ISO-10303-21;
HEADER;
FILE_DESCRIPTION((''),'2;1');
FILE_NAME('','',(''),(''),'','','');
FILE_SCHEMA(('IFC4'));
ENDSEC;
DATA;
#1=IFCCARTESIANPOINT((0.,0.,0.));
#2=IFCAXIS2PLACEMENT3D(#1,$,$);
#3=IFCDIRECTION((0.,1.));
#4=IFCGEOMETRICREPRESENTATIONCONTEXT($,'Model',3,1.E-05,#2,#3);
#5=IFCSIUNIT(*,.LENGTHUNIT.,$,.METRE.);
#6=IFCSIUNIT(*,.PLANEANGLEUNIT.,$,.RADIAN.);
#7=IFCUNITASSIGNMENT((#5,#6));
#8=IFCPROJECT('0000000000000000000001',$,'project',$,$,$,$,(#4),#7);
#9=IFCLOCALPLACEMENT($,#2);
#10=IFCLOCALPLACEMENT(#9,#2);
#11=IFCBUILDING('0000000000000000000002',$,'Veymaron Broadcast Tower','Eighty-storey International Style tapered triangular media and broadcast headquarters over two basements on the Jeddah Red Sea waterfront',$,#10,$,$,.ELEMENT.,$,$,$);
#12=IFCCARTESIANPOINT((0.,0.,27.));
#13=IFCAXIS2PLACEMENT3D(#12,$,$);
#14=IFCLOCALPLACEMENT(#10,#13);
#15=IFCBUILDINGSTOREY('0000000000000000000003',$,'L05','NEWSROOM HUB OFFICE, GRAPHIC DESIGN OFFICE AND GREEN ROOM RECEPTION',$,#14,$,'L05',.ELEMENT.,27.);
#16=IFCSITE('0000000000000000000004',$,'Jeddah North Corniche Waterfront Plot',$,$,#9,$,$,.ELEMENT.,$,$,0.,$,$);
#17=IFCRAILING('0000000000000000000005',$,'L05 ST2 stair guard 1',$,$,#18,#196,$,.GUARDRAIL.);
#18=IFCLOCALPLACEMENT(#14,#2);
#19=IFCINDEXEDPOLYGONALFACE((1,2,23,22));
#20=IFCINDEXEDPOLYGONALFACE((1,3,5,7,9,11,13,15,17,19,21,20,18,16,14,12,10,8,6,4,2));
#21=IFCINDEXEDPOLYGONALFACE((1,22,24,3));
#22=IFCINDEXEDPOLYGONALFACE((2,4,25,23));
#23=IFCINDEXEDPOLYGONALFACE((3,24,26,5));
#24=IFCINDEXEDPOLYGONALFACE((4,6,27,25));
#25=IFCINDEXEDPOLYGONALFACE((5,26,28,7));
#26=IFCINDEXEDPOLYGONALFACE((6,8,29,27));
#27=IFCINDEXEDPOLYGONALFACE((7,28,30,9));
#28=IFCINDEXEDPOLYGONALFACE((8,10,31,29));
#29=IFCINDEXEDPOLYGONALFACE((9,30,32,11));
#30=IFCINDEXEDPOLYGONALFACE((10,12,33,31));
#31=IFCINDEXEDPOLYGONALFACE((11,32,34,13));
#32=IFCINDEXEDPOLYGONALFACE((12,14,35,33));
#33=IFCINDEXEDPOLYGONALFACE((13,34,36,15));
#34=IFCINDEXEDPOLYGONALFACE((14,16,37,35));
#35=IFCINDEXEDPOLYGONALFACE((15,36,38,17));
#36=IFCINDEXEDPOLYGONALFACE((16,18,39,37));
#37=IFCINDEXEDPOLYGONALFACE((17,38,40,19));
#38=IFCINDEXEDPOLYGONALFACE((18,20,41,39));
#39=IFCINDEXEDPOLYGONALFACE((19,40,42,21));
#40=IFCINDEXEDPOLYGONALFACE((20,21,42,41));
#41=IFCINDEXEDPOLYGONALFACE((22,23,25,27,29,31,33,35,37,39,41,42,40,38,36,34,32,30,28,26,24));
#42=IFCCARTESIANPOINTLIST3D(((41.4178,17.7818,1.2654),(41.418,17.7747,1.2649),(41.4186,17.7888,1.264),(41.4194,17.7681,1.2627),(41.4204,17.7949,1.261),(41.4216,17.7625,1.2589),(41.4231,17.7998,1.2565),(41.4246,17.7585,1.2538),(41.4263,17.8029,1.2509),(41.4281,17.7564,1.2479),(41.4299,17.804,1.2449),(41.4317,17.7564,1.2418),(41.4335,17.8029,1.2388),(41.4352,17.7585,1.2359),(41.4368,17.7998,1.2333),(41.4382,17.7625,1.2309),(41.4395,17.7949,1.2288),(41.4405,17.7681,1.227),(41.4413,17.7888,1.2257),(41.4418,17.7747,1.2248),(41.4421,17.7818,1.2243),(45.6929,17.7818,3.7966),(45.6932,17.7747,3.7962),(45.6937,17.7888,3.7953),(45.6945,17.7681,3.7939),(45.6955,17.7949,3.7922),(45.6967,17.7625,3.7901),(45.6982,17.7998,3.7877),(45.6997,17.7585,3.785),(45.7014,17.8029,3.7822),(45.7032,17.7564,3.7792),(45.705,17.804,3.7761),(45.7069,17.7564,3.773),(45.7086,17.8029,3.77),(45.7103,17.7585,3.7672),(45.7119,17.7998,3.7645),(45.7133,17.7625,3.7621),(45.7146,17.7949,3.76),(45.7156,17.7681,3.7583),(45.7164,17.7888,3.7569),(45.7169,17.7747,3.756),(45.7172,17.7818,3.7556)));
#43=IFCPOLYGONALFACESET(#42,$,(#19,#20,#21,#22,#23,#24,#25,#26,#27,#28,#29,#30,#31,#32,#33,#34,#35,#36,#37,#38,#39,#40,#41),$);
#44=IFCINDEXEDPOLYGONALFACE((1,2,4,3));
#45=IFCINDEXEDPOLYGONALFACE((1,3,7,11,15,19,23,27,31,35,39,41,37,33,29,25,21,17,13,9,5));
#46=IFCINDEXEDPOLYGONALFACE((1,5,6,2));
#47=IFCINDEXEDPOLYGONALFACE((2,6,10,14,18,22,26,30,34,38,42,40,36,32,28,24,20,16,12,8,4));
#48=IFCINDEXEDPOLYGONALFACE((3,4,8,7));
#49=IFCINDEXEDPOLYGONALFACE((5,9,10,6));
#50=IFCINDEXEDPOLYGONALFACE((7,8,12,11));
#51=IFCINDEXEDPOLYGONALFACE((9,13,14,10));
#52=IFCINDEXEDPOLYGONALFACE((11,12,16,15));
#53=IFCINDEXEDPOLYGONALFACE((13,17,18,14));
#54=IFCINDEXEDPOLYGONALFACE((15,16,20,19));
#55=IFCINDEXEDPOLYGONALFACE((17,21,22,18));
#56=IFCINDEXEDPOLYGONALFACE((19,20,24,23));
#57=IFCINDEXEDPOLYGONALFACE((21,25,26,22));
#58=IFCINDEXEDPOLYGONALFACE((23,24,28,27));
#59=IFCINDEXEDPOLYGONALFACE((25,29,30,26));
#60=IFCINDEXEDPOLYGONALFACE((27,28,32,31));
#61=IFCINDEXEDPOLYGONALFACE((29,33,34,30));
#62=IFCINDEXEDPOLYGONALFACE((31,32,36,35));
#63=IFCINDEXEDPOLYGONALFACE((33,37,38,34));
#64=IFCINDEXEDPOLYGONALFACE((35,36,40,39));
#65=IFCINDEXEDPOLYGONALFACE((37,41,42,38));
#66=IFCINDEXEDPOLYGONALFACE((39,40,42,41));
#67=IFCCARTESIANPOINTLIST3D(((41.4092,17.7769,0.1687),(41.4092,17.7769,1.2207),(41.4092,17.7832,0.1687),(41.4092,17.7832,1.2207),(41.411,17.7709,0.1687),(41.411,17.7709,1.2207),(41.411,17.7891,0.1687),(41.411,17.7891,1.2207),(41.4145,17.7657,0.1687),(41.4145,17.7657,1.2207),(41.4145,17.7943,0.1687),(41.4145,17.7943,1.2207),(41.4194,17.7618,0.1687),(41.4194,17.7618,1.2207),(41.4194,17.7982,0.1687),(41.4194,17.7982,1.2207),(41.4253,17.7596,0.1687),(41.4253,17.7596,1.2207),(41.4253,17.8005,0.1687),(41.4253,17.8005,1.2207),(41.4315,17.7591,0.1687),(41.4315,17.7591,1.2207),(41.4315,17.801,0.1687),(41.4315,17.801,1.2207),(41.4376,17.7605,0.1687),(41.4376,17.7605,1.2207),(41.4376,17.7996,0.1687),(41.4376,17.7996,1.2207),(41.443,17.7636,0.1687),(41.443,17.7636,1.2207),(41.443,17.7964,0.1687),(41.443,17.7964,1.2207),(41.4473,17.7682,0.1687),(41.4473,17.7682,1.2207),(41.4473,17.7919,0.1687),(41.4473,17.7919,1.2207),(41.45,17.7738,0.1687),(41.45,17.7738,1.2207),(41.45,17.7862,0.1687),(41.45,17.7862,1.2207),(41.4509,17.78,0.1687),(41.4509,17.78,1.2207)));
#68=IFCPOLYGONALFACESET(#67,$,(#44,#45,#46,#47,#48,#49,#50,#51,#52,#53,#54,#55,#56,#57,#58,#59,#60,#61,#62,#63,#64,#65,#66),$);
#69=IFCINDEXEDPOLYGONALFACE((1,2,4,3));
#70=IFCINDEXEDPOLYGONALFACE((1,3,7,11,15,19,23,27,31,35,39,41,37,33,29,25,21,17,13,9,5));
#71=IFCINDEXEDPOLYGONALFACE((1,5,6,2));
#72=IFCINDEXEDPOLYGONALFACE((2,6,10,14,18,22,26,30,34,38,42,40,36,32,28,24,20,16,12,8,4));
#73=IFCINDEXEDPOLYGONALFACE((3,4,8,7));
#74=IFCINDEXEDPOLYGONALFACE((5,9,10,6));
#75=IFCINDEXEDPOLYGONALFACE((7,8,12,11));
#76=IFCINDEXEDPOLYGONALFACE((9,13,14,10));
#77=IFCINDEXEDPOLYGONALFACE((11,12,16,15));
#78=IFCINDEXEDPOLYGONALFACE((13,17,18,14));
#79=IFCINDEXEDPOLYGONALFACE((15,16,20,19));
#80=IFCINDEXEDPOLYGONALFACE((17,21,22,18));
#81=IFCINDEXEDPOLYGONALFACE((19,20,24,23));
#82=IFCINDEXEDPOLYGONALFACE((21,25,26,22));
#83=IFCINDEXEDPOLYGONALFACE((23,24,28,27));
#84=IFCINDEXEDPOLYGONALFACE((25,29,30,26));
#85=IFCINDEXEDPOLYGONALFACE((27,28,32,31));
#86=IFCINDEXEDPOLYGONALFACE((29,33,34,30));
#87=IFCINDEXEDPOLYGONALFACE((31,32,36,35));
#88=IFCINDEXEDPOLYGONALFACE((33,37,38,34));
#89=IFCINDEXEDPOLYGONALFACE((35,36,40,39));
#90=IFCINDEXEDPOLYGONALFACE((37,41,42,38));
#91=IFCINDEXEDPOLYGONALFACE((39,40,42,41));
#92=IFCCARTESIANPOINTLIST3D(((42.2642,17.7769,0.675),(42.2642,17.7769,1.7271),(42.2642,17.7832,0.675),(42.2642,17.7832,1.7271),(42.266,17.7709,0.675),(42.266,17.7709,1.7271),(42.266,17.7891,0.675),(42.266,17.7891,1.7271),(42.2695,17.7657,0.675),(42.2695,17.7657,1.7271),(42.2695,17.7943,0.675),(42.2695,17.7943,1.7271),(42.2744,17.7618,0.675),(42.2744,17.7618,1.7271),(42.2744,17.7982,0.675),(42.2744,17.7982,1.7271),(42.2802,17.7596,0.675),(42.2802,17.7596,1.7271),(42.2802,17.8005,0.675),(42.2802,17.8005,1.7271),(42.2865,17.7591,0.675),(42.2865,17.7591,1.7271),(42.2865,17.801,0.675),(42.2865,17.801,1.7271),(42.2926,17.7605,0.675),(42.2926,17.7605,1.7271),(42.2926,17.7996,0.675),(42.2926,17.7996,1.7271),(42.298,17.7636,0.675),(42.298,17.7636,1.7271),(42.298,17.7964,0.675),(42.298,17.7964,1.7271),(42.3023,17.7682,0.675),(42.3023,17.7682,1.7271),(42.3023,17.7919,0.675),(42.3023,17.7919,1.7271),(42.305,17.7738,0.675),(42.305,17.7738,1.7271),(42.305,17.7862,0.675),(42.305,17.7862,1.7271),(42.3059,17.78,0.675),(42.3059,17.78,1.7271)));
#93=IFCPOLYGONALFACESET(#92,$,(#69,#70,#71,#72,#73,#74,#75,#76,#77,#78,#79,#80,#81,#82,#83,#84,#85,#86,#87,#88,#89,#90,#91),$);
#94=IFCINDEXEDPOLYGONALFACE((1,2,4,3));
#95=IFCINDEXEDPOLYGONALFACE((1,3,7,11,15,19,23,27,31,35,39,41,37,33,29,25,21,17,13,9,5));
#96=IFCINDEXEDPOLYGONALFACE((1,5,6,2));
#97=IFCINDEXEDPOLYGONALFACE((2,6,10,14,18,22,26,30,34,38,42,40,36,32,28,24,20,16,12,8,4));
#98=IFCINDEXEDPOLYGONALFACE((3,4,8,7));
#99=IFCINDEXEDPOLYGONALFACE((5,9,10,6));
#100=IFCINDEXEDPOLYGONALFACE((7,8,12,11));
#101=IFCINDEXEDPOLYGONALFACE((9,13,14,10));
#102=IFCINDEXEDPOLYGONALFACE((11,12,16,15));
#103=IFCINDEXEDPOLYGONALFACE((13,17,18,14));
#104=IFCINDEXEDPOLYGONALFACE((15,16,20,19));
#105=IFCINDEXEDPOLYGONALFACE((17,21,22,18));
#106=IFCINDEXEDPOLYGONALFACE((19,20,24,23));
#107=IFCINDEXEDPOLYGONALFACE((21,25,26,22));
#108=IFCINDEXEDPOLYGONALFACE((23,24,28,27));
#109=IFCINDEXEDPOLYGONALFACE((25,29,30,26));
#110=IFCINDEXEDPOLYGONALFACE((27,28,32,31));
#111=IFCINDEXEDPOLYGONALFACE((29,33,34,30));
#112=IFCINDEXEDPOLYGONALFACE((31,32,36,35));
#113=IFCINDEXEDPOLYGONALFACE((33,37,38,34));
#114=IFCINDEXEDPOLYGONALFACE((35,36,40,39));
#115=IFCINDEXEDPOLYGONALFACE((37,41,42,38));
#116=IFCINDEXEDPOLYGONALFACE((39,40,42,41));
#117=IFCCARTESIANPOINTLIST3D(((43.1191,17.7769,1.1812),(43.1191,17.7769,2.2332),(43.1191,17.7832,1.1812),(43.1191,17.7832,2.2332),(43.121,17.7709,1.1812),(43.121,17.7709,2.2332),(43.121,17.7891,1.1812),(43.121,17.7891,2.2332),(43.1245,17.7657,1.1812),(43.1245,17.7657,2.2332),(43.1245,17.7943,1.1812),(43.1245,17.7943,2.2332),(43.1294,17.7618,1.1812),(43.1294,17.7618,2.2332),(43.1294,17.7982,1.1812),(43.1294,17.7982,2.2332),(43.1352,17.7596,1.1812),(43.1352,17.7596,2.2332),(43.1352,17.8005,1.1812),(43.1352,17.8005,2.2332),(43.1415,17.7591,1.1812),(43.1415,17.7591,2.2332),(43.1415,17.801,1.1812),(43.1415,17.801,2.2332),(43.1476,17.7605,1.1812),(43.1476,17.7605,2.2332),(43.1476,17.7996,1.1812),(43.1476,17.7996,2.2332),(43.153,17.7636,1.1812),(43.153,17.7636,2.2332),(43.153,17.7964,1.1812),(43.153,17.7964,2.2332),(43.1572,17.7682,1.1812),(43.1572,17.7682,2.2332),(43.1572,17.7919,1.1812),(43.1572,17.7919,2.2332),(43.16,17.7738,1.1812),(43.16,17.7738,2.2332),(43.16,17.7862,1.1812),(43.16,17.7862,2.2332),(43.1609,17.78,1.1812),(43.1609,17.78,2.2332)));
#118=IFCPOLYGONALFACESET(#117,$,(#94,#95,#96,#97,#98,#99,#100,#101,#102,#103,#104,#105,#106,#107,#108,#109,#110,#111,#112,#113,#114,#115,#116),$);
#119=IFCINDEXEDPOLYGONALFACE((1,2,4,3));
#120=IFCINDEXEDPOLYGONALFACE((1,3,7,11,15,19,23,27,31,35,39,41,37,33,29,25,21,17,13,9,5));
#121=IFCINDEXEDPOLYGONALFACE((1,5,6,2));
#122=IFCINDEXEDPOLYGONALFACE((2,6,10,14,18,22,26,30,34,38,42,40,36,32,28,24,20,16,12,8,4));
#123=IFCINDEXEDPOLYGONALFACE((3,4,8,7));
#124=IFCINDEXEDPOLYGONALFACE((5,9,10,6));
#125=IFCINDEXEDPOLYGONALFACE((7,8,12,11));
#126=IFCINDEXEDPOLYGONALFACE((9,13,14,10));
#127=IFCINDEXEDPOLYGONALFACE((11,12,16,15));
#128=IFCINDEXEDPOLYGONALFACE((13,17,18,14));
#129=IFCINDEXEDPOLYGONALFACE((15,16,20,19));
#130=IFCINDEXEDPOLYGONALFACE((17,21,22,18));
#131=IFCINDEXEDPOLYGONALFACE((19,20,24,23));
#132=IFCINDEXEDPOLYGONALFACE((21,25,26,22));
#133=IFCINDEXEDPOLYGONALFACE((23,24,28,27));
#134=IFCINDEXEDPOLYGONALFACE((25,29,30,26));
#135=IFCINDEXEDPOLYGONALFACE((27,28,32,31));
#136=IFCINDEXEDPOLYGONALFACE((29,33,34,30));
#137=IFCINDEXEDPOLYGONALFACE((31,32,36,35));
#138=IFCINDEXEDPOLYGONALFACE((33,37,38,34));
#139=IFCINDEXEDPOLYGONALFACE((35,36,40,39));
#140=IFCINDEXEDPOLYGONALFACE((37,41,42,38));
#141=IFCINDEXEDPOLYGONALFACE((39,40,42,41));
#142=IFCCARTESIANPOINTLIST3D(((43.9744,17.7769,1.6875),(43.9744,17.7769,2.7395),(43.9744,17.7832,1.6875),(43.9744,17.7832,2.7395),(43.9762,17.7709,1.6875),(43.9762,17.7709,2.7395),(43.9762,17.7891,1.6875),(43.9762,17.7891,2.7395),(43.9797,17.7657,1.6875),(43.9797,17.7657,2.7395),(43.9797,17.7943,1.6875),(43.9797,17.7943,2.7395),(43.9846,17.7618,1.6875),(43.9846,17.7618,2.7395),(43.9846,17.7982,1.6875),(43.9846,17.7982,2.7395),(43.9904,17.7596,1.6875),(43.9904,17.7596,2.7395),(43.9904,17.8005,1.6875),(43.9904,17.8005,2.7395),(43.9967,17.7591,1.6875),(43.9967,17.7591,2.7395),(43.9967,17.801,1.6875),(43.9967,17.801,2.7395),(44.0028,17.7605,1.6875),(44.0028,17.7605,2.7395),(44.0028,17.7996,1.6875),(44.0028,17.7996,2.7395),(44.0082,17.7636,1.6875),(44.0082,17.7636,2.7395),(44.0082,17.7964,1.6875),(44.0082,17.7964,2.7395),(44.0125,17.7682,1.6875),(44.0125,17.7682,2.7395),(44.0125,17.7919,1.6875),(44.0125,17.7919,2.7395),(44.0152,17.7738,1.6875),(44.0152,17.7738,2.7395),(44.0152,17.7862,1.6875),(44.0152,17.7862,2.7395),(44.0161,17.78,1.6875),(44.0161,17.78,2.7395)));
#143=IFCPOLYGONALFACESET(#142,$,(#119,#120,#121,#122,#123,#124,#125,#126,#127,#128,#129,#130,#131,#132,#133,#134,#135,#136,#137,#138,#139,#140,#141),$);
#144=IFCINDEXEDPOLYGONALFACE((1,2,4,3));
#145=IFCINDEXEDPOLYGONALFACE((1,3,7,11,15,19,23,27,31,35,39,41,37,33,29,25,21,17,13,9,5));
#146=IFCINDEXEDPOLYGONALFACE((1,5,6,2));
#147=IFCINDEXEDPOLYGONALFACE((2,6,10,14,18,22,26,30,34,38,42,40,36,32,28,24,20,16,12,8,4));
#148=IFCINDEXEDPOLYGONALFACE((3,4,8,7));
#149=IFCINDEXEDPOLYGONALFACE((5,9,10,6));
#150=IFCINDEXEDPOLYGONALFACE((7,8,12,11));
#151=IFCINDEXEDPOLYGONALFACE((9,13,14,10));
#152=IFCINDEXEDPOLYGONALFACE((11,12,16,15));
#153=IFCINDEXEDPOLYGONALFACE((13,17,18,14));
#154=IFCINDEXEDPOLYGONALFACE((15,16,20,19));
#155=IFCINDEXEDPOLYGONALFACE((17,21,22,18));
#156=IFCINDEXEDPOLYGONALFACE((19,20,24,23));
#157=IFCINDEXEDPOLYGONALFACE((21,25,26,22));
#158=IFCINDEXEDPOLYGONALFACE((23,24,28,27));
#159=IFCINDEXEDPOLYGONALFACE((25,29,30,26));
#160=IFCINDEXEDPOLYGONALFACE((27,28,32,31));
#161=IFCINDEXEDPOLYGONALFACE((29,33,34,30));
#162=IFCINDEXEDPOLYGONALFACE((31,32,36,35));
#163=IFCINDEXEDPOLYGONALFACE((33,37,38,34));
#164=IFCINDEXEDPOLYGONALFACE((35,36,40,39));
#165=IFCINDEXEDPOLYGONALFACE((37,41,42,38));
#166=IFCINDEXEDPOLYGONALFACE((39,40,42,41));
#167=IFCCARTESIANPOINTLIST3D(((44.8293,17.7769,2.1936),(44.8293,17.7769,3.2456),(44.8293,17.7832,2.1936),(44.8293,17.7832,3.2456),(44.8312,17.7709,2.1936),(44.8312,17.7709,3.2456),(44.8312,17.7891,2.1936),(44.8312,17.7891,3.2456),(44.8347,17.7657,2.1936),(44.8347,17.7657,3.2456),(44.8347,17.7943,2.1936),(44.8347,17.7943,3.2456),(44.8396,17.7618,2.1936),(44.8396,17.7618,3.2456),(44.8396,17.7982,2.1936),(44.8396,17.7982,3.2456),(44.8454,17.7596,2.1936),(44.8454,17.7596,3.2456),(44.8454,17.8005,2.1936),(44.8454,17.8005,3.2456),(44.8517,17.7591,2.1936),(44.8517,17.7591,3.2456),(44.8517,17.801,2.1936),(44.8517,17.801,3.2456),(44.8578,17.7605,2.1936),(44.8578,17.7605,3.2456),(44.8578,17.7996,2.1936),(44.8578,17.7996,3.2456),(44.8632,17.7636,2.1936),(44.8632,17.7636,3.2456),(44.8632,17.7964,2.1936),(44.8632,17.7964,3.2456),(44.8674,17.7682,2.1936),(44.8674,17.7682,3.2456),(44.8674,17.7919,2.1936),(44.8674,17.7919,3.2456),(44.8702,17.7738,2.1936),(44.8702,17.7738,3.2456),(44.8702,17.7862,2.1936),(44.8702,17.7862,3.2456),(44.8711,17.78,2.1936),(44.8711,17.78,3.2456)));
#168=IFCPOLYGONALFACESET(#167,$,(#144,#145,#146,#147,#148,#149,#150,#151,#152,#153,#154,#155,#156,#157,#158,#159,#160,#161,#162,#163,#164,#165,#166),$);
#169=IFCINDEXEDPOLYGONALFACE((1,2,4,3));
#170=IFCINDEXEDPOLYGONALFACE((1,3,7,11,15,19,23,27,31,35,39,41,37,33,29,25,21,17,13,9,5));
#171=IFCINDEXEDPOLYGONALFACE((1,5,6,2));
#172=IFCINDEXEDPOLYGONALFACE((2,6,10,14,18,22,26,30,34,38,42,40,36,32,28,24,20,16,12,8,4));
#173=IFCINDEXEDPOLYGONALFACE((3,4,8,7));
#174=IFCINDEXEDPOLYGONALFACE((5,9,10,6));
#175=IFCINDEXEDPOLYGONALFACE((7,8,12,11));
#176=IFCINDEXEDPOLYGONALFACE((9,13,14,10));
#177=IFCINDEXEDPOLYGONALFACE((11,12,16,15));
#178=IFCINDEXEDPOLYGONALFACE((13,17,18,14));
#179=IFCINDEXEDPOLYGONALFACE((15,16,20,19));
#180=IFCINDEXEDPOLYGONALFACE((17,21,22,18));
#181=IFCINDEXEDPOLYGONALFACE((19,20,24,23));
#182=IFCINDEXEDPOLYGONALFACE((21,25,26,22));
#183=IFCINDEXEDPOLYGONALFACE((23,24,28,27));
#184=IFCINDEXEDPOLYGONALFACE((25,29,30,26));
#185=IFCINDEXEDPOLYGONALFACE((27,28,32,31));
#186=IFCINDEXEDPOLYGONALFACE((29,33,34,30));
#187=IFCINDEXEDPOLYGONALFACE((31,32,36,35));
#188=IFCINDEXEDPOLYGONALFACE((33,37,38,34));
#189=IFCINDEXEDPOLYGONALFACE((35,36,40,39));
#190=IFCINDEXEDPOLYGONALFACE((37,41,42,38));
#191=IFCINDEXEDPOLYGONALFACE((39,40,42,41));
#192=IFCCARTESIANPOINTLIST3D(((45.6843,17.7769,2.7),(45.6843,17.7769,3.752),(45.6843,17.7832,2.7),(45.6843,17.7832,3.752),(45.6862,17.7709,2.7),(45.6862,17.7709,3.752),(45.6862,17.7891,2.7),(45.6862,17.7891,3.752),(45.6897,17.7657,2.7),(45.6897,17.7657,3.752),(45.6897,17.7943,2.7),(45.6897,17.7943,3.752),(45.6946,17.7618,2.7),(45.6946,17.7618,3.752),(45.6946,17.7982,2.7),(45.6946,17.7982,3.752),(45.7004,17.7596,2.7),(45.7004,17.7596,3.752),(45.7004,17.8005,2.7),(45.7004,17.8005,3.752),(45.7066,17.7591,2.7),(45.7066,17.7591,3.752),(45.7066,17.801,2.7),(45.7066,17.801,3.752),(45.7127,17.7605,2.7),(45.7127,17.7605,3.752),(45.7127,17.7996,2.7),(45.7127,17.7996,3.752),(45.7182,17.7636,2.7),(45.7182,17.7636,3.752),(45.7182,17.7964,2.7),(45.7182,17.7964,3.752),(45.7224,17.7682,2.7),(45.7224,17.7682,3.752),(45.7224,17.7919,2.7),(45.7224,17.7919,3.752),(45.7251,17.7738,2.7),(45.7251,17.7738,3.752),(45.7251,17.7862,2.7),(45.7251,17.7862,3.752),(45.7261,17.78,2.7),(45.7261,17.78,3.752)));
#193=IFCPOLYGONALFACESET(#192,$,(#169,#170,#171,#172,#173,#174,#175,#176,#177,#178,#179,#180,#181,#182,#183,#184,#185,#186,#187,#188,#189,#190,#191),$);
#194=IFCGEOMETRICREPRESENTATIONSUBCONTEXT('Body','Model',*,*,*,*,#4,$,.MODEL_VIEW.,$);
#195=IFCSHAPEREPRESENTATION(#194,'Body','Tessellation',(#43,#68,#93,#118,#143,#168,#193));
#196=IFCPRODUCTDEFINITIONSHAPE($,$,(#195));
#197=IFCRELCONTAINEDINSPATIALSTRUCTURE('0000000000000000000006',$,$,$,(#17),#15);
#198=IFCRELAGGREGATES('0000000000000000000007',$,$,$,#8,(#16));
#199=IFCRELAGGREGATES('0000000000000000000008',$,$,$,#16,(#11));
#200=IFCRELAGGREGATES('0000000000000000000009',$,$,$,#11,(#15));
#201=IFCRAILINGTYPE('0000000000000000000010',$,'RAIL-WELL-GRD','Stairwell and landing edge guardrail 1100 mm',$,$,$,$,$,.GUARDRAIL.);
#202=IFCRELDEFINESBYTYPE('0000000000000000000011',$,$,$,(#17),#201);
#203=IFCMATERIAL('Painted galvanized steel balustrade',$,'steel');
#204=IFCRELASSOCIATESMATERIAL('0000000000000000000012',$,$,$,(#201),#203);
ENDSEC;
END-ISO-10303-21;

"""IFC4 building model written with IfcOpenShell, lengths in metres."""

from ifc_helpers import new_model, si_unit, direction, frame, origin, origin_2d, place, context, subcontext, project, spatial, circle, extrude, material, type_object, element, save


model = new_model("IFC4")

# Units and contexts
model_context = context("Model", 3, precision=1e-05, world=origin(), true_north=direction((0.0, 1.0)))
body_context = subcontext(model_context, "Body", "Model", "MODEL_VIEW")
ifc_project = project(units=[si_unit("LENGTHUNIT", "METRE"), si_unit("PLANEANGLEUNIT", "RADIAN")], contexts=[model_context])

# Site, building, storey
site_placement = place(None, origin())
site = spatial("IfcSite", under=ifc_project, at=site_placement, Name="Jeddah North Corniche Waterfront Plot", CompositionType="ELEMENT", RefElevation=0.0)
building_placement = place(site_placement, origin())
building = spatial("IfcBuilding", under=site, at=building_placement, Name="Veymaron Broadcast Tower", Description="Eighty-storey International Style tapered triangular media and broadcast headquarters over two basements on the Jeddah Red Sea waterfront", CompositionType="ELEMENT")
storey_placement = place(building_placement, frame((0.0, 0.0, 27.0)))
storey = spatial("IfcBuildingStorey", under=building, at=storey_placement, Name="L05", Description="NEWSROOM HUB OFFICE, GRAPHIC DESIGN OFFICE AND GREEN ROOM RECEPTION", LongName="L05", CompositionType="ELEMENT", Elevation=27.0)

# Railing
ifc_material_1 = material(Name="Painted galvanized steel balustrade", Category="steel")
railing_type_1 = type_object("IfcRailingType", Name="RAIL-WELL-GRD", Description="Stairwell and landing edge guardrail 1100 mm", PredefinedType="GUARDRAIL", material=ifc_material_1)
railing_1_placement = place(storey_placement, frame((41.4299, 17.78, 0.1687)))
element("IfcRailing", 1, at=railing_1_placement, inside=storey, type_object=railing_type_1, Name="L05 ST2 stair guard 1", PredefinedType="GUARDRAIL", context=body_context, shape_type="SweptSolid", body=[
    extrude(circle(Radius=0.0239, at=origin_2d()), frame((0.0, 0.0, 1.0762), z_axis=(0.860483, 0.0, 0.509479), x_axis=(0.0, 1.0, 0.0)), (0.0, 0.0, 1.0), 4.9683),
    extrude(circle(Radius=0.021, at=origin_2d()), origin(), (0.0, 0.0, 1.0), 1.052),
    extrude(circle(Radius=0.021, at=origin_2d()), frame((0.855, 0.0, 0.5063)), (0.0, 0.0, 1.0), 1.052),
    extrude(circle(Radius=0.021, at=origin_2d()), frame((1.71, 0.0, 1.0125)), (0.0, 0.0, 1.0), 1.052),
    extrude(circle(Radius=0.021, at=origin_2d()), frame((2.5652, 0.0, 1.5188)), (0.0, 0.0, 1.0), 1.052),
    extrude(circle(Radius=0.021, at=origin_2d()), frame((3.4202, 0.0, 2.0249)), (0.0, 0.0, 1.0), 1.052),
    extrude(circle(Radius=0.021, at=origin_2d()), frame((4.2751, 0.0, 2.5312)), (0.0, 0.0, 1.0), 1.052),
])

save(model, "model.ifc")
